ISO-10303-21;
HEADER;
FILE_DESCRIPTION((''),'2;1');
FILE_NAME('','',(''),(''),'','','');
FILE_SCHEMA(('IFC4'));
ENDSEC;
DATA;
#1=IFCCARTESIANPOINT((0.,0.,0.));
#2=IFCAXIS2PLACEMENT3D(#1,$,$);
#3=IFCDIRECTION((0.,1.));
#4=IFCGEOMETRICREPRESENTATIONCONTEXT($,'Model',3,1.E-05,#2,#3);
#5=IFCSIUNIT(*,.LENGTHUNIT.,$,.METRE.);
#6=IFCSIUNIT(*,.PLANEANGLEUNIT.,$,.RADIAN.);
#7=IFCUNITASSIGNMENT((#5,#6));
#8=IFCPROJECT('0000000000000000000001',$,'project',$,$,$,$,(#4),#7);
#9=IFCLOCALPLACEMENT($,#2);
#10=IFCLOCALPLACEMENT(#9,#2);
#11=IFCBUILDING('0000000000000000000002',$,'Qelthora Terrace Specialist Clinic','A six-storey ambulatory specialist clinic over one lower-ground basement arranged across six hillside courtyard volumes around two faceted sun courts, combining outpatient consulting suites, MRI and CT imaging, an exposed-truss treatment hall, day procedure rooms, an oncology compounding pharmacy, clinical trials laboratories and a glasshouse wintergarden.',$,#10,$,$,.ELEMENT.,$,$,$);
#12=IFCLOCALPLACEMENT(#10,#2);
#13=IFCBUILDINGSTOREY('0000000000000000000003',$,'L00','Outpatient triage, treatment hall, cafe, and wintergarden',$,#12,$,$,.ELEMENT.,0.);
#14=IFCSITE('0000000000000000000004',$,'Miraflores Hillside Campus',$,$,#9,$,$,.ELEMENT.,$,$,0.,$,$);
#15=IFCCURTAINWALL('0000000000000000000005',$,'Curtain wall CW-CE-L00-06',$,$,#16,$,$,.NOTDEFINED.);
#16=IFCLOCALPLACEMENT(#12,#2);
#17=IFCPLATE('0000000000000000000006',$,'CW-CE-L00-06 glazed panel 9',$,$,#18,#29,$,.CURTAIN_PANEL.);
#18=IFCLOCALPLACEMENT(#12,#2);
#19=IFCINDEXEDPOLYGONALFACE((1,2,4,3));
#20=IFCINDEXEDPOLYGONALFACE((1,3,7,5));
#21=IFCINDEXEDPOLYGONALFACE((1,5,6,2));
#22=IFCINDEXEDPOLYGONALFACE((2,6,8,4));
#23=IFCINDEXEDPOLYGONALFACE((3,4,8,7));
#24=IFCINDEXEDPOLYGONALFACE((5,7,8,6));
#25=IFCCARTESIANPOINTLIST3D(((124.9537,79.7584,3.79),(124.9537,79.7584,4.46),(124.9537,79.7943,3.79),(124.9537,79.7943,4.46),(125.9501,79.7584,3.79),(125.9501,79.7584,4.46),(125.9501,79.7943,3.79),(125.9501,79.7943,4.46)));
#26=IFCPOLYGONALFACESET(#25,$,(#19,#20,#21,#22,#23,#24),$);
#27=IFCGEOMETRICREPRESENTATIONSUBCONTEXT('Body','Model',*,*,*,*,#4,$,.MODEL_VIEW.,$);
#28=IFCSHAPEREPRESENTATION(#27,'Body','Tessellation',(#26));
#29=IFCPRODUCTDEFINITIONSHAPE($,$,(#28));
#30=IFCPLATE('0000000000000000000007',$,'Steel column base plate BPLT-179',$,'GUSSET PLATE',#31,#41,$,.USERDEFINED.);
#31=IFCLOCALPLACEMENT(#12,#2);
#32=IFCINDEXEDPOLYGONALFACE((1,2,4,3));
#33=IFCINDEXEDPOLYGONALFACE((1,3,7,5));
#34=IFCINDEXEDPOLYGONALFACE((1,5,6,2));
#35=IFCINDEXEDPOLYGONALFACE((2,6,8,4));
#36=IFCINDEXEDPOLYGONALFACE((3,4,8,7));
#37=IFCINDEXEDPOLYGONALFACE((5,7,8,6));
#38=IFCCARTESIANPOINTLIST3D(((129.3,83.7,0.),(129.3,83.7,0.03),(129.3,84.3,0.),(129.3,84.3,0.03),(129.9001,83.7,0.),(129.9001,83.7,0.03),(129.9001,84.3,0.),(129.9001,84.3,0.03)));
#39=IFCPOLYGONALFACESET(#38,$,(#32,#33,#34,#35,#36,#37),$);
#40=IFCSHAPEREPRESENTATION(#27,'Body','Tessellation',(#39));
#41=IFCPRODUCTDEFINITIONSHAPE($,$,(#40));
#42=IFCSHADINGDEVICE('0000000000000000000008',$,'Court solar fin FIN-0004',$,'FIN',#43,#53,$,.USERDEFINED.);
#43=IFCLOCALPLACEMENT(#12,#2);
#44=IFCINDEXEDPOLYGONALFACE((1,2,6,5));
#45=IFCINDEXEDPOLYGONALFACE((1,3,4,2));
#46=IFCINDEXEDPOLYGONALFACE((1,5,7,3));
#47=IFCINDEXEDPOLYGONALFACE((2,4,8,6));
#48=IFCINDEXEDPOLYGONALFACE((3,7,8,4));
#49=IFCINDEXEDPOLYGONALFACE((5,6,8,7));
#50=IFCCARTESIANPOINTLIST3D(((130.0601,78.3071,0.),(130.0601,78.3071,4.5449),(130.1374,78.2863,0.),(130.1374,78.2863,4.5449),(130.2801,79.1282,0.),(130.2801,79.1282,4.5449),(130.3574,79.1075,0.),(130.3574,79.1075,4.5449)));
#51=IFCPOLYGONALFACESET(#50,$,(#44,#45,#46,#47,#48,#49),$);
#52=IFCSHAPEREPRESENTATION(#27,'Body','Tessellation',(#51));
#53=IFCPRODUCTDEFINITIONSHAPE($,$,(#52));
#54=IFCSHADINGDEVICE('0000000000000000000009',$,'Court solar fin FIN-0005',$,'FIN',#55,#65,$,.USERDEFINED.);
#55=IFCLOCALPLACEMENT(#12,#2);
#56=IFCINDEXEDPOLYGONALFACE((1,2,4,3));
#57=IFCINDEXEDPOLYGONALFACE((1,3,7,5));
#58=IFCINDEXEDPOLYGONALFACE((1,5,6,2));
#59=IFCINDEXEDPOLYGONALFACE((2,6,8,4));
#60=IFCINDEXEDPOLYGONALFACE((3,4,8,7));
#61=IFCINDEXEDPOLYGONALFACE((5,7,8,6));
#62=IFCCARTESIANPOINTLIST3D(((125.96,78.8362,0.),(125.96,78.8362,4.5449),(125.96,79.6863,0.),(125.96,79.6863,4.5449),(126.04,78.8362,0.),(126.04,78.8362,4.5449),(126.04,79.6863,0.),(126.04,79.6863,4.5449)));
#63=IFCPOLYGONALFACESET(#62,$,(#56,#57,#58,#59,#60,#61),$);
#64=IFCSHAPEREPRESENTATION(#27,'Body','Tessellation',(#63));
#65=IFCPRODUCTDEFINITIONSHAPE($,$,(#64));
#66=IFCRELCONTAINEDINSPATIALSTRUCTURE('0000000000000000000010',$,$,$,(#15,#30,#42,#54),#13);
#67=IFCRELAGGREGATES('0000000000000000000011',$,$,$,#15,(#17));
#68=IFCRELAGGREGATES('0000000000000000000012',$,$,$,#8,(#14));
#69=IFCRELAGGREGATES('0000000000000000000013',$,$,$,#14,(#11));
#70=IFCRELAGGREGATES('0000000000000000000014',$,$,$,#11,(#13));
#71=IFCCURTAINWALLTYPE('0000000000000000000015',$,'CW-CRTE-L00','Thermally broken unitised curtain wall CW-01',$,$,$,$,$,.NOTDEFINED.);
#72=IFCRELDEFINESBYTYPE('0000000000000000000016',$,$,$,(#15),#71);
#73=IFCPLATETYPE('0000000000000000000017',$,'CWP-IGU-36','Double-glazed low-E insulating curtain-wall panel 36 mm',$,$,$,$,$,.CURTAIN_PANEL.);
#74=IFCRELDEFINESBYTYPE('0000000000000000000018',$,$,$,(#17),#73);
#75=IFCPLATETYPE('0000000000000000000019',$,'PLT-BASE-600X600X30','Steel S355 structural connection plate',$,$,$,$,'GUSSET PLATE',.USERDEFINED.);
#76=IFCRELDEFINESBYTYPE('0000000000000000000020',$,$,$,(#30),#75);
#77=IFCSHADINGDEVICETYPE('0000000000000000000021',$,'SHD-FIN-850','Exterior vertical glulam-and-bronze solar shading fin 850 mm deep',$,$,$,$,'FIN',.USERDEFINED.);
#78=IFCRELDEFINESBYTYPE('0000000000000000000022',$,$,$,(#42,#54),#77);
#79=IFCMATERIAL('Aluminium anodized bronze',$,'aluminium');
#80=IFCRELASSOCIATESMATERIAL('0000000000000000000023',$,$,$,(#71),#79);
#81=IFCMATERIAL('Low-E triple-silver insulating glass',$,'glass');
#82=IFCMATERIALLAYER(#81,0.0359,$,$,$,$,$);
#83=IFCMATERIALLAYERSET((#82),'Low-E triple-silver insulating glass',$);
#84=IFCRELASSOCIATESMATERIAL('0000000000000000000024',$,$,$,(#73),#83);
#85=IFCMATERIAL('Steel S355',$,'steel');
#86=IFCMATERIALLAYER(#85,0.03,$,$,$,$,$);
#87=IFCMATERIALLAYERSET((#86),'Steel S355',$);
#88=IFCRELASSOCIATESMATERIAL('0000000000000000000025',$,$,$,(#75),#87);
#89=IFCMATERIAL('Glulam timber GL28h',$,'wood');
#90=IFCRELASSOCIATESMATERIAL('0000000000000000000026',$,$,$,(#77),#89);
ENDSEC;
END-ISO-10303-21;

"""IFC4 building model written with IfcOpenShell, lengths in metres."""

from ifc_helpers import new_model, si_unit, direction, frame, origin, origin_2d, place, context, subcontext, project, spatial, rectangle, extrude, material, layer, layer_set, type_object, element, aggregate, save


model = new_model("IFC4")

# Units and contexts
model_context = context("Model", 3, precision=1e-05, world=origin(), true_north=direction((0.0, 1.0)))
body_context = subcontext(model_context, "Body", "Model", "MODEL_VIEW")
ifc_project = project(units=[si_unit("LENGTHUNIT", "METRE"), si_unit("PLANEANGLEUNIT", "RADIAN")], contexts=[model_context])

# Site, building, storey
site_placement = place(None, origin())
site = spatial("IfcSite", under=ifc_project, at=site_placement, Name="Miraflores Hillside Campus", CompositionType="ELEMENT", RefElevation=0.0)
building_placement = place(site_placement, origin())
building = spatial("IfcBuilding", under=site, at=building_placement, Name="Qelthora Terrace Specialist Clinic", Description="A six-storey ambulatory specialist clinic over one lower-ground basement arranged across six hillside courtyard volumes around two faceted sun courts, combining outpatient consulting suites, MRI and CT imaging, an exposed-truss treatment hall, day procedure rooms, an oncology compounding pharmacy, clinical trials laboratories and a glasshouse wintergarden.", CompositionType="ELEMENT")
storey_placement = place(building_placement, origin())
storey = spatial("IfcBuildingStorey", under=building, at=storey_placement, Name="L00", Description="Outpatient triage, treatment hall, cafe, and wintergarden", CompositionType="ELEMENT", Elevation=0.0)

# Shared definitions
ifc_material_1 = material(Name="Steel S355", Category="steel")

# Curtain wall
ifc_material_2 = material(Name="Aluminium anodized bronze", Category="aluminium")
curtain_wall_type = type_object("IfcCurtainWallType", Name="CW-CRTE-L00", Description="Thermally broken unitised curtain wall CW-01", PredefinedType="NOTDEFINED", material=ifc_material_2)
curtain_wall_1_placement = place(storey_placement, origin())
curtain_wall_1 = element("IfcCurtainWall", 1, at=curtain_wall_1_placement, inside=storey, type_object=curtain_wall_type, Name="Curtain wall CW-CE-L00-06", PredefinedType="NOTDEFINED")

# Plates
ifc_material_3 = material(Name="Low-E triple-silver insulating glass", Category="glass")
ifc_layer_1 = layer(ifc_material_3, 0.0359)
ifc_layer_set_1 = layer_set([ifc_layer_1], Name="Low-E triple-silver insulating glass")
plate_type_1 = type_object("IfcPlateType", Name="CWP-IGU-36", Description="Double-glazed low-E insulating curtain-wall panel 36 mm", PredefinedType="CURTAIN_PANEL", material=ifc_layer_set_1)
plate_1_placement = place(storey_placement, frame((125.4519, 79.7764, 3.79), z_axis=(0.0, 0.0, 1.0), x_axis=(-1.0, 0.0, 0.0)))
plate_1 = element("IfcPlate", 2, at=plate_1_placement, type_object=plate_type_1, Name="CW-CE-L00-06 glazed panel 9", PredefinedType="CURTAIN_PANEL", context=body_context, shape_type="SweptSolid", body=[
    extrude(rectangle(XDim=0.9963, YDim=0.0359, at=origin_2d()), origin(), (0.0, 0.0, 1.0), 0.6699),
])
aggregate(curtain_wall_1, [plate_1])
ifc_layer_2 = layer(ifc_material_1, 0.03)
ifc_layer_set_2 = layer_set([ifc_layer_2], Name="Steel S355")
plate_type_2 = type_object("IfcPlateType", Name="PLT-BASE-600X600X30", Description="Steel S355 structural connection plate", ElementType="GUSSET PLATE", PredefinedType="USERDEFINED", material=ifc_layer_set_2)
plate_2_placement = place(storey_placement, frame((129.6001, 84.0, 0.0), z_axis=(0.0, 0.0, 1.0), x_axis=(1.0, 0.0, 0.0)))
element("IfcPlate", 3, at=plate_2_placement, inside=storey, type_object=plate_type_2, Name="Steel column base plate BPLT-179", ObjectType="GUSSET PLATE", PredefinedType="USERDEFINED", context=body_context, shape_type="SweptSolid", body=[
    extrude(rectangle(XDim=0.6001, YDim=0.6001, at=origin_2d()), origin(), (0.0, 0.0, 1.0), 0.03),
])

# Shading devices
ifc_material_4 = material(Name="Glulam timber GL28h", Category="wood")
shading_device_type = type_object("IfcShadingDeviceType", Name="SHD-FIN-850", Description="Exterior vertical glulam-and-bronze solar shading fin 850 mm deep", ElementType="FIN", PredefinedType="USERDEFINED", material=ifc_material_4)
for number, where, z_axis, x_axis, name in (
    (4, (130.2087, 78.7073, 0.0), (0.0, 0.0, 1.0), (-0.258819, -0.965926, 0.0), "Court solar fin FIN-0004"),
    (5, (126.0, 79.2612, 0.0), (0.0, 0.0, 1.0), (0.0, -1.0, 0.0), "Court solar fin FIN-0005"),
):
    element("IfcShadingDevice", number, at=place(storey_placement, frame(where, z_axis=z_axis, x_axis=x_axis)), inside=storey, type_object=shading_device_type, Name=name, ObjectType="FIN", PredefinedType="USERDEFINED", context=body_context, shape_type="SweptSolid", body=[
        extrude(rectangle(XDim=0.8501, YDim=0.0801, at=origin_2d()), origin(), (0.0, 0.0, 1.0), 4.5449),
    ])

save(model, "model.ifc")
